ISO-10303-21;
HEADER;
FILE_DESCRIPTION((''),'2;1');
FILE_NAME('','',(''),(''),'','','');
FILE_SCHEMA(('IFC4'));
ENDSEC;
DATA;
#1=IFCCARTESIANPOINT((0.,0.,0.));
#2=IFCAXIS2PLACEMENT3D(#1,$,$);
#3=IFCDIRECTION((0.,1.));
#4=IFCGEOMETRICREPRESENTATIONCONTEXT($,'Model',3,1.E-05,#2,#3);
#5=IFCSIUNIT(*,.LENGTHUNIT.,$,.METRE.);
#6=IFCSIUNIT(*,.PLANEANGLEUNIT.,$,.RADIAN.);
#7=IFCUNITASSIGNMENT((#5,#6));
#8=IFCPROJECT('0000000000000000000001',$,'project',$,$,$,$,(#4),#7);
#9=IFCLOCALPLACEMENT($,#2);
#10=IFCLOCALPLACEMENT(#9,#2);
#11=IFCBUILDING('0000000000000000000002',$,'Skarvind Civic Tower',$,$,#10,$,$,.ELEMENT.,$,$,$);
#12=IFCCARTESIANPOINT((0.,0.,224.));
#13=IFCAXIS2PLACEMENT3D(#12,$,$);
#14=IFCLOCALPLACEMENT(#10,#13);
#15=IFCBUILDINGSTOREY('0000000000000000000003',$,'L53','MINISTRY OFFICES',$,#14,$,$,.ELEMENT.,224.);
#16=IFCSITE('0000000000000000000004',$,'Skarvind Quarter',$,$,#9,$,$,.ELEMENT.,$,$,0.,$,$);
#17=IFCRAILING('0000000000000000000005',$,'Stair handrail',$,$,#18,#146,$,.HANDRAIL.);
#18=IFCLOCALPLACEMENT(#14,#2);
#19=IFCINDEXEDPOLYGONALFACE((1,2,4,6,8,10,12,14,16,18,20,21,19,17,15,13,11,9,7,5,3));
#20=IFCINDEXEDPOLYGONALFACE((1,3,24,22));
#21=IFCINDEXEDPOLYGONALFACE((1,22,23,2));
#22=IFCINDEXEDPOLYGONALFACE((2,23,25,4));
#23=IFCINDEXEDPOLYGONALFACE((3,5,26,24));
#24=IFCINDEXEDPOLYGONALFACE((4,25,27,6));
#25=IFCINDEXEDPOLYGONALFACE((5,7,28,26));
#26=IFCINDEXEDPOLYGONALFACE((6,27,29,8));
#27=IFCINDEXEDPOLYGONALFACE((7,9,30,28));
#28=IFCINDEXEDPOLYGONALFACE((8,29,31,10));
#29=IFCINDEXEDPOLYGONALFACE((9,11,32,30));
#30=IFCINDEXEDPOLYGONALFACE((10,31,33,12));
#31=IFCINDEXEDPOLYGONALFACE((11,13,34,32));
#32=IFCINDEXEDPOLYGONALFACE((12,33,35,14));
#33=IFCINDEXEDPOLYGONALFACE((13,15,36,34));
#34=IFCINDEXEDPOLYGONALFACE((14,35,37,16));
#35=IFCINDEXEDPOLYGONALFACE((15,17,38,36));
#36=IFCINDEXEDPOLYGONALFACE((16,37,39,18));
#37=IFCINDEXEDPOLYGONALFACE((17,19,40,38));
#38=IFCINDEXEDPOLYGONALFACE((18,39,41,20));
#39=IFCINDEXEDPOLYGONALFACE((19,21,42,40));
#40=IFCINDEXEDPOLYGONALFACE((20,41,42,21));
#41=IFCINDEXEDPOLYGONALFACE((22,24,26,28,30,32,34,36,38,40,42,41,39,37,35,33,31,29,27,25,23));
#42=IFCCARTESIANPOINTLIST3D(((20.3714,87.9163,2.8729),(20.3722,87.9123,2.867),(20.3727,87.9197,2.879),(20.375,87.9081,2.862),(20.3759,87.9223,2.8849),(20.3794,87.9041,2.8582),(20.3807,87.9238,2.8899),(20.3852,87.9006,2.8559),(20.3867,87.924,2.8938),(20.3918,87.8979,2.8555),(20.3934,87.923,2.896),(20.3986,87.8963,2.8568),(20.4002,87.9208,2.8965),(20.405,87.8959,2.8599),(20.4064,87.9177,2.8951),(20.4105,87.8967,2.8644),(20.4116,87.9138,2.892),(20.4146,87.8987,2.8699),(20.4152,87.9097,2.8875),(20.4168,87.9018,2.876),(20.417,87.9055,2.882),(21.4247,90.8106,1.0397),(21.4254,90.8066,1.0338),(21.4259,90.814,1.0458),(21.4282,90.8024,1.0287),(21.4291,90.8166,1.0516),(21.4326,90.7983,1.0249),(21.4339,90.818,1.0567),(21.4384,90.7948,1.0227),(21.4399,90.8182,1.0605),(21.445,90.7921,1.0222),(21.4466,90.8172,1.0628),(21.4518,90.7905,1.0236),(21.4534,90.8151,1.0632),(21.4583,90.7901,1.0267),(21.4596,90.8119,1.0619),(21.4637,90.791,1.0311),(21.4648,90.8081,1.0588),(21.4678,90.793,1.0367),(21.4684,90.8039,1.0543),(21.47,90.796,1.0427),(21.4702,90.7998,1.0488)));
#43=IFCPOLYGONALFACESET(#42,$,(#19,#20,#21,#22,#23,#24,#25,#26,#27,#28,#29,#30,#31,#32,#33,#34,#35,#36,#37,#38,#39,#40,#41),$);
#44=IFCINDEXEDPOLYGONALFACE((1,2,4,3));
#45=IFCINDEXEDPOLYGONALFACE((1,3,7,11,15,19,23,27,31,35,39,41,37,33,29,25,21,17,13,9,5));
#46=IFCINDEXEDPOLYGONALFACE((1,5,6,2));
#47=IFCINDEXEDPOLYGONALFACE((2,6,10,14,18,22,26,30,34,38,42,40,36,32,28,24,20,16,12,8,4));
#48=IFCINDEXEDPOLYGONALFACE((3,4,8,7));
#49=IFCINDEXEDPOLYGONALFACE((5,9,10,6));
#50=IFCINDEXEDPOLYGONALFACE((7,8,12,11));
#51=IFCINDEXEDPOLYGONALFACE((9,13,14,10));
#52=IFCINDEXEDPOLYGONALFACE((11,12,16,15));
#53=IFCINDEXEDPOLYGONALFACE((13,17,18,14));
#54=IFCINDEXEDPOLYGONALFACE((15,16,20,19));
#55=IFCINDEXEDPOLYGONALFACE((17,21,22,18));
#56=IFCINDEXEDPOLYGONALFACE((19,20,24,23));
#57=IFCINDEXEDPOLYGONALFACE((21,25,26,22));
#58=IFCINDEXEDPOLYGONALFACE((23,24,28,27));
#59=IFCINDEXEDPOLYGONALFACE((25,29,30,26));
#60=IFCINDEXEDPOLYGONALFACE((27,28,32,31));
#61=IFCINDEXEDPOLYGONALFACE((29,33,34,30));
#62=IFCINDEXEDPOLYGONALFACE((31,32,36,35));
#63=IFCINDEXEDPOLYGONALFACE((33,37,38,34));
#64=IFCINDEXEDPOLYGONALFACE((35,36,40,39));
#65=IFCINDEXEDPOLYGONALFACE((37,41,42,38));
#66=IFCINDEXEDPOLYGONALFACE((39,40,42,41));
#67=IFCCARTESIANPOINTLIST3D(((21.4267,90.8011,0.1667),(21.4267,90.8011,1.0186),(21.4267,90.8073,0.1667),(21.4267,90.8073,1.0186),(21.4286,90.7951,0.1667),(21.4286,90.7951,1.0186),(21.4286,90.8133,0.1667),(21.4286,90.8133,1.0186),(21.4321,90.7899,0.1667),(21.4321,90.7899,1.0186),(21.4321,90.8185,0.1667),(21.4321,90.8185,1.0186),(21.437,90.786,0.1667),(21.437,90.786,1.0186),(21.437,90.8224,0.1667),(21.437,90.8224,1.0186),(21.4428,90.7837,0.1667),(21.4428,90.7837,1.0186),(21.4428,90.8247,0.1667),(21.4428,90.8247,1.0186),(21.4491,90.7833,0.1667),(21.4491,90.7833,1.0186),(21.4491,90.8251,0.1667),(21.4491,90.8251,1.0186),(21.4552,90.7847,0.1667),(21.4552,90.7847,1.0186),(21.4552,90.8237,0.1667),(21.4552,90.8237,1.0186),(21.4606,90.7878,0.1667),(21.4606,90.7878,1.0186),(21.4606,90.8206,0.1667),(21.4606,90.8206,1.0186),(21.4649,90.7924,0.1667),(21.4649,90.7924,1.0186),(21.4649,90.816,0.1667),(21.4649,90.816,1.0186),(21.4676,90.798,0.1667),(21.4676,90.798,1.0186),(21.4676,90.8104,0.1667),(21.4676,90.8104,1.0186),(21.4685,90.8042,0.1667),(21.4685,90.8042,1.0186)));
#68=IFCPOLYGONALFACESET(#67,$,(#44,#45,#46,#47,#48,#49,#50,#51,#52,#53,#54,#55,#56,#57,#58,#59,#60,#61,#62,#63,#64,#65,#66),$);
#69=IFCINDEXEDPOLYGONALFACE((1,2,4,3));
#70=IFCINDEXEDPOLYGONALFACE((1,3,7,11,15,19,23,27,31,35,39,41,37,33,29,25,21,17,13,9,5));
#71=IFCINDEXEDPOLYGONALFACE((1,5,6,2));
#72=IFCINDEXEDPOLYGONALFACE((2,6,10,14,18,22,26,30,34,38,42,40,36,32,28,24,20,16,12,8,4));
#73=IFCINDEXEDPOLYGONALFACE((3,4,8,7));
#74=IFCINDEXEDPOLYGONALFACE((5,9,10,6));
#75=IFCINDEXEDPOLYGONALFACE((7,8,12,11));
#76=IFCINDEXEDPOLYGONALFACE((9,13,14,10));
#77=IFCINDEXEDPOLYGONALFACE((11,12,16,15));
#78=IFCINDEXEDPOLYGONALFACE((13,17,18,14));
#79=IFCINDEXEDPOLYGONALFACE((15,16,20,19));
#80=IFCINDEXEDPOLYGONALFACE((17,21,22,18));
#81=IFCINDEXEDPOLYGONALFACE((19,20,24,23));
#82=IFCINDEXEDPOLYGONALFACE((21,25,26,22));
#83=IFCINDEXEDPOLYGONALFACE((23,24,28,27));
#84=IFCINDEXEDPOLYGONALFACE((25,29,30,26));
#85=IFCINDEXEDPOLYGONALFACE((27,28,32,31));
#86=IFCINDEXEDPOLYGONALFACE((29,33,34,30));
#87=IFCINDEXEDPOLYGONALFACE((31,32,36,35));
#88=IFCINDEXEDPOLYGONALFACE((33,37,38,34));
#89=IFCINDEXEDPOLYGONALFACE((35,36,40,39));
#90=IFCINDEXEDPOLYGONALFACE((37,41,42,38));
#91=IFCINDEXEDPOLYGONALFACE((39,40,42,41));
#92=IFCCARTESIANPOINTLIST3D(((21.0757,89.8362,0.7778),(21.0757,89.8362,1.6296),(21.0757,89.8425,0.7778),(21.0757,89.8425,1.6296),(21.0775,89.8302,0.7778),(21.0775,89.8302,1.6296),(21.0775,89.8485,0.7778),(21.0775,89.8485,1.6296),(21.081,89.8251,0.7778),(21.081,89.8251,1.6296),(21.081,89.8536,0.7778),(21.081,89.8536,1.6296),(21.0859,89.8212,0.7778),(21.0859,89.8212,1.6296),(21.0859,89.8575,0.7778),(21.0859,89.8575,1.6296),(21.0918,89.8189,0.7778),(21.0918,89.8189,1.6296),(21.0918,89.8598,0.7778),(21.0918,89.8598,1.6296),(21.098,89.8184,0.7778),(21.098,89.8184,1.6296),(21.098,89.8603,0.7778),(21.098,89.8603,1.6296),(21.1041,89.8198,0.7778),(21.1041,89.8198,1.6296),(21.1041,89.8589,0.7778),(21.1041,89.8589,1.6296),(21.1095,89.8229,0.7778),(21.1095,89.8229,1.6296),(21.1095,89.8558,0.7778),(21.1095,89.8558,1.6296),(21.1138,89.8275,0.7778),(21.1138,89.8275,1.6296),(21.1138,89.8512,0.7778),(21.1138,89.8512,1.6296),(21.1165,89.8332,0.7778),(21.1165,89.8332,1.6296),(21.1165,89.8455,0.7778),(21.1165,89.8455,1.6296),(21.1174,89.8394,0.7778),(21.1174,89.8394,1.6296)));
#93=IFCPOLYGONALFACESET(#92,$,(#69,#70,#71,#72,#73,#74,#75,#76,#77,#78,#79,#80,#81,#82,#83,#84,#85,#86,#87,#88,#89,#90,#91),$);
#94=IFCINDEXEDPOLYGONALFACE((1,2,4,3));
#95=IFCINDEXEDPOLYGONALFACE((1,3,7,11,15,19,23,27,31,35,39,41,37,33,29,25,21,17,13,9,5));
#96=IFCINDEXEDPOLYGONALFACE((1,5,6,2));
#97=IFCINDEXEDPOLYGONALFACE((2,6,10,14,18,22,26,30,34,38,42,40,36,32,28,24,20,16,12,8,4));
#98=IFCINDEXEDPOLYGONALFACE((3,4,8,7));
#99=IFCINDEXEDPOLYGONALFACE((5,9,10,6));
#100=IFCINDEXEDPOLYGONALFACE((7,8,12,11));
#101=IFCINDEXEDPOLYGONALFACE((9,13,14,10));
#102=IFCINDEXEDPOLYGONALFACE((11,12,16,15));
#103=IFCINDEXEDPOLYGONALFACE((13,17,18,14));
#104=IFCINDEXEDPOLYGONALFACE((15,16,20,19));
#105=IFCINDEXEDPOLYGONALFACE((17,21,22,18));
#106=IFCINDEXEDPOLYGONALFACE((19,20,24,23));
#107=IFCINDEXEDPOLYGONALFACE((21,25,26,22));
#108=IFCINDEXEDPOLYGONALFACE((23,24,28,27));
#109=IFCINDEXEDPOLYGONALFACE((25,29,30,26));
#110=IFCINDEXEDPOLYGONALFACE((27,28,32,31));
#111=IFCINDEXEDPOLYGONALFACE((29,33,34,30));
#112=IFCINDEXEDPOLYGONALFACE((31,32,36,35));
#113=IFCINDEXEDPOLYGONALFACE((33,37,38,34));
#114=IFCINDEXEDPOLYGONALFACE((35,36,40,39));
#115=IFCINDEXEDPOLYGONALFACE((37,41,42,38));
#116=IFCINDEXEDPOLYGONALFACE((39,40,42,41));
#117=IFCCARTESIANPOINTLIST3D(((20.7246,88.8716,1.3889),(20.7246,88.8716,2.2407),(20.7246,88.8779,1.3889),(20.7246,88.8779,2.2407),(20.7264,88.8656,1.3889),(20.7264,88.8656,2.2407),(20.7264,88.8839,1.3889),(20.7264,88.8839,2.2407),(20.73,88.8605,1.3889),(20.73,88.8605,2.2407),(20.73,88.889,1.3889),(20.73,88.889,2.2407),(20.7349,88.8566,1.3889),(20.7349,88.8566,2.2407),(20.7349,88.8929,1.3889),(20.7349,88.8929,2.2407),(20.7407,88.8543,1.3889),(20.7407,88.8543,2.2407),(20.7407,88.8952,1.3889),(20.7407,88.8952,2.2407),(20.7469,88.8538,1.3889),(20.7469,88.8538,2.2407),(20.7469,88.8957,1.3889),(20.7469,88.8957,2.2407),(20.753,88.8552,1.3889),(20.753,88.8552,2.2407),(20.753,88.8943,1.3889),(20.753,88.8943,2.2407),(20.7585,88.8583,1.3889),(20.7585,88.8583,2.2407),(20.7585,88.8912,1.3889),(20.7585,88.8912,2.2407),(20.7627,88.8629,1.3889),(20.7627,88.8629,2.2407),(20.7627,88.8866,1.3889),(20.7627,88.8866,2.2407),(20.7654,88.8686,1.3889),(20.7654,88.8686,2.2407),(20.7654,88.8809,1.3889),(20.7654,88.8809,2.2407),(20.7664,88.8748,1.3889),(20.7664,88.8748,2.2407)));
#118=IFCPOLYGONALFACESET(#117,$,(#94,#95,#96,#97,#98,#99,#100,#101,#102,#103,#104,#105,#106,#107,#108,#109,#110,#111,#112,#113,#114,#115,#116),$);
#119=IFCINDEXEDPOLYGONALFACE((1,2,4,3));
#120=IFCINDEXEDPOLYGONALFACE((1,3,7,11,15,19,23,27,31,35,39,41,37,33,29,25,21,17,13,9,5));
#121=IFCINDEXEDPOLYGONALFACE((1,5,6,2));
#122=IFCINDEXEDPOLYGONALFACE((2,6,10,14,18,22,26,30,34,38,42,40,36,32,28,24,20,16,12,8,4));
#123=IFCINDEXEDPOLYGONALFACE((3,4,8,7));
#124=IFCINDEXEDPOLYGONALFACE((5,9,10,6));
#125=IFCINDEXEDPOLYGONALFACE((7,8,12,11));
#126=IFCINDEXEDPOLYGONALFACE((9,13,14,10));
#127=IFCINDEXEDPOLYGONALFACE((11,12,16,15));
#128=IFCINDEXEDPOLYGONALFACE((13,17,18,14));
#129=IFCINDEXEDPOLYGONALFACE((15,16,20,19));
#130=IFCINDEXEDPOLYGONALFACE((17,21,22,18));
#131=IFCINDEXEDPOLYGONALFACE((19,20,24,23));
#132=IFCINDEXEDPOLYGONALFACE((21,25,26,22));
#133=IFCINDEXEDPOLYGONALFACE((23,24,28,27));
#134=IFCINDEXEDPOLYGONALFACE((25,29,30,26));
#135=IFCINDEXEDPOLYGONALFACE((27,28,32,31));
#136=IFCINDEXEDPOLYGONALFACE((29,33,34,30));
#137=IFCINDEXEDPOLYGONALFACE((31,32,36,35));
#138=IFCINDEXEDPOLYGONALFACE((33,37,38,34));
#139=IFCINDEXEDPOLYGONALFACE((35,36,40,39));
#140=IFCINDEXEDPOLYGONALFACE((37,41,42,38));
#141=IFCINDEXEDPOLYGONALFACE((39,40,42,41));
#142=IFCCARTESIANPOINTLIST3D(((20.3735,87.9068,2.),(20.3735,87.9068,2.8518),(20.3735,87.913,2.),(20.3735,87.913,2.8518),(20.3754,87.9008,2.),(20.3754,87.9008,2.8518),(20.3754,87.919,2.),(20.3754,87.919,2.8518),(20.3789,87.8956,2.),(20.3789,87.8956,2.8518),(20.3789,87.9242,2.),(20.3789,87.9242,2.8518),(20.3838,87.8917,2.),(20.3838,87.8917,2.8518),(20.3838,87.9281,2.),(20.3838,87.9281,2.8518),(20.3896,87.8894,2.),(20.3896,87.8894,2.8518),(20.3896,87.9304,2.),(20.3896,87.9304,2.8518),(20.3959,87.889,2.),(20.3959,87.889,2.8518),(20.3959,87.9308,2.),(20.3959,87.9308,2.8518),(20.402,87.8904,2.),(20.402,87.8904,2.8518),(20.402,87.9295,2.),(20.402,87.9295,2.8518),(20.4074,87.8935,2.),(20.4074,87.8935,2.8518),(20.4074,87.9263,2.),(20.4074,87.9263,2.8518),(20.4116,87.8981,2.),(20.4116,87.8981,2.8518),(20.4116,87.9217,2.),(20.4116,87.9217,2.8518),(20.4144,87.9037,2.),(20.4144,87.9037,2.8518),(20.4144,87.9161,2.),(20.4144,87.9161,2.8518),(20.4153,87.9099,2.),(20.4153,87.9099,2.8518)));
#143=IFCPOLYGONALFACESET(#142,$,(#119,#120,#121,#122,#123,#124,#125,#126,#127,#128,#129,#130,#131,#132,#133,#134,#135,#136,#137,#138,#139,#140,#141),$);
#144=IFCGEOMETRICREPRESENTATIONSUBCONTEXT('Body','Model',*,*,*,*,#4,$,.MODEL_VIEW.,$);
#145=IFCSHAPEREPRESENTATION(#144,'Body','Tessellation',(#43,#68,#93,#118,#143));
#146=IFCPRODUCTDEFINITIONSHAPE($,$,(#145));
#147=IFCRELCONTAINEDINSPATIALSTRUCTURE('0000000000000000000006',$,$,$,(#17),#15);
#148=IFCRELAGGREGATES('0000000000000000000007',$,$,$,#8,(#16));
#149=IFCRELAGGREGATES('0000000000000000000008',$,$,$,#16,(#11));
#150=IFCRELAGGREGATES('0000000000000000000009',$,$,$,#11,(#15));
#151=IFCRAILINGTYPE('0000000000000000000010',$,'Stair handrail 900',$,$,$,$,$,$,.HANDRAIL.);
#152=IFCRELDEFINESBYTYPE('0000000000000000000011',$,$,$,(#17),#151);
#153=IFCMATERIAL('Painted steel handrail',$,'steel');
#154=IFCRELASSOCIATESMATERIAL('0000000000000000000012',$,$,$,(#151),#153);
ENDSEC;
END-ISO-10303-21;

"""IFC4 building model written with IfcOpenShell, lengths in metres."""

from ifc_helpers import new_model, si_unit, direction, frame, origin, origin_2d, place, context, subcontext, project, spatial, circle, extrude, material, type_object, element, save


model = new_model("IFC4")

# Units and contexts
model_context = context("Model", 3, precision=1e-05, world=origin(), true_north=direction((0.0, 1.0)))
body_context = subcontext(model_context, "Body", "Model", "MODEL_VIEW")
ifc_project = project(units=[si_unit("LENGTHUNIT", "METRE"), si_unit("PLANEANGLEUNIT", "RADIAN")], contexts=[model_context])

# Site, building, storey
site_placement = place(None, origin())
site = spatial("IfcSite", under=ifc_project, at=site_placement, Name="Skarvind Quarter", CompositionType="ELEMENT", RefElevation=0.0)
building_placement = place(site_placement, origin())
building = spatial("IfcBuilding", under=site, at=building_placement, Name="Skarvind Civic Tower", CompositionType="ELEMENT")
storey_placement = place(building_placement, frame((0.0, 0.0, 224.0)))
storey = spatial("IfcBuildingStorey", under=building, at=storey_placement, Name="L53", Description="MINISTRY OFFICES", CompositionType="ELEMENT", Elevation=224.0)

# Railing
ifc_material_1 = material(Name="Painted steel handrail", Category="steel")
railing_type = type_object("IfcRailingType", Name="Stair handrail 900", PredefinedType="HANDRAIL", material=ifc_material_1)
railing_1_placement = place(storey_placement, frame((21.4475, 90.8042, 0.1667)))
element("IfcRailing", 1, at=railing_1_placement, inside=storey, type_object=railing_type, Name="Stair handrail", PredefinedType="HANDRAIL", context=body_context, shape_type="SweptSolid", body=[
    extrude(circle(Radius=0.0239, at=origin_2d()), frame((0.0, 0.0, 0.876), z_axis=(-0.293846, -0.807497, 0.511472), x_axis=(0.939715, -0.341959, 0.0)), (0.0, 0.0, 1.0), 3.5842),
    extrude(circle(Radius=0.021, at=origin_2d()), origin(), (0.0, 0.0, 1.0), 0.8518),
    extrude(circle(Radius=0.021, at=origin_2d()), frame((-0.3511, -0.9648, 0.6111)), (0.0, 0.0, 1.0), 0.8518),
    extrude(circle(Radius=0.021, at=origin_2d()), frame((-0.7021, -1.9294, 1.2222)), (0.0, 0.0, 1.0), 0.8518),
    extrude(circle(Radius=0.021, at=origin_2d()), frame((-1.0532, -2.8943, 1.8333)), (0.0, 0.0, 1.0), 0.8518),
])

save(model, "model.ifc")
